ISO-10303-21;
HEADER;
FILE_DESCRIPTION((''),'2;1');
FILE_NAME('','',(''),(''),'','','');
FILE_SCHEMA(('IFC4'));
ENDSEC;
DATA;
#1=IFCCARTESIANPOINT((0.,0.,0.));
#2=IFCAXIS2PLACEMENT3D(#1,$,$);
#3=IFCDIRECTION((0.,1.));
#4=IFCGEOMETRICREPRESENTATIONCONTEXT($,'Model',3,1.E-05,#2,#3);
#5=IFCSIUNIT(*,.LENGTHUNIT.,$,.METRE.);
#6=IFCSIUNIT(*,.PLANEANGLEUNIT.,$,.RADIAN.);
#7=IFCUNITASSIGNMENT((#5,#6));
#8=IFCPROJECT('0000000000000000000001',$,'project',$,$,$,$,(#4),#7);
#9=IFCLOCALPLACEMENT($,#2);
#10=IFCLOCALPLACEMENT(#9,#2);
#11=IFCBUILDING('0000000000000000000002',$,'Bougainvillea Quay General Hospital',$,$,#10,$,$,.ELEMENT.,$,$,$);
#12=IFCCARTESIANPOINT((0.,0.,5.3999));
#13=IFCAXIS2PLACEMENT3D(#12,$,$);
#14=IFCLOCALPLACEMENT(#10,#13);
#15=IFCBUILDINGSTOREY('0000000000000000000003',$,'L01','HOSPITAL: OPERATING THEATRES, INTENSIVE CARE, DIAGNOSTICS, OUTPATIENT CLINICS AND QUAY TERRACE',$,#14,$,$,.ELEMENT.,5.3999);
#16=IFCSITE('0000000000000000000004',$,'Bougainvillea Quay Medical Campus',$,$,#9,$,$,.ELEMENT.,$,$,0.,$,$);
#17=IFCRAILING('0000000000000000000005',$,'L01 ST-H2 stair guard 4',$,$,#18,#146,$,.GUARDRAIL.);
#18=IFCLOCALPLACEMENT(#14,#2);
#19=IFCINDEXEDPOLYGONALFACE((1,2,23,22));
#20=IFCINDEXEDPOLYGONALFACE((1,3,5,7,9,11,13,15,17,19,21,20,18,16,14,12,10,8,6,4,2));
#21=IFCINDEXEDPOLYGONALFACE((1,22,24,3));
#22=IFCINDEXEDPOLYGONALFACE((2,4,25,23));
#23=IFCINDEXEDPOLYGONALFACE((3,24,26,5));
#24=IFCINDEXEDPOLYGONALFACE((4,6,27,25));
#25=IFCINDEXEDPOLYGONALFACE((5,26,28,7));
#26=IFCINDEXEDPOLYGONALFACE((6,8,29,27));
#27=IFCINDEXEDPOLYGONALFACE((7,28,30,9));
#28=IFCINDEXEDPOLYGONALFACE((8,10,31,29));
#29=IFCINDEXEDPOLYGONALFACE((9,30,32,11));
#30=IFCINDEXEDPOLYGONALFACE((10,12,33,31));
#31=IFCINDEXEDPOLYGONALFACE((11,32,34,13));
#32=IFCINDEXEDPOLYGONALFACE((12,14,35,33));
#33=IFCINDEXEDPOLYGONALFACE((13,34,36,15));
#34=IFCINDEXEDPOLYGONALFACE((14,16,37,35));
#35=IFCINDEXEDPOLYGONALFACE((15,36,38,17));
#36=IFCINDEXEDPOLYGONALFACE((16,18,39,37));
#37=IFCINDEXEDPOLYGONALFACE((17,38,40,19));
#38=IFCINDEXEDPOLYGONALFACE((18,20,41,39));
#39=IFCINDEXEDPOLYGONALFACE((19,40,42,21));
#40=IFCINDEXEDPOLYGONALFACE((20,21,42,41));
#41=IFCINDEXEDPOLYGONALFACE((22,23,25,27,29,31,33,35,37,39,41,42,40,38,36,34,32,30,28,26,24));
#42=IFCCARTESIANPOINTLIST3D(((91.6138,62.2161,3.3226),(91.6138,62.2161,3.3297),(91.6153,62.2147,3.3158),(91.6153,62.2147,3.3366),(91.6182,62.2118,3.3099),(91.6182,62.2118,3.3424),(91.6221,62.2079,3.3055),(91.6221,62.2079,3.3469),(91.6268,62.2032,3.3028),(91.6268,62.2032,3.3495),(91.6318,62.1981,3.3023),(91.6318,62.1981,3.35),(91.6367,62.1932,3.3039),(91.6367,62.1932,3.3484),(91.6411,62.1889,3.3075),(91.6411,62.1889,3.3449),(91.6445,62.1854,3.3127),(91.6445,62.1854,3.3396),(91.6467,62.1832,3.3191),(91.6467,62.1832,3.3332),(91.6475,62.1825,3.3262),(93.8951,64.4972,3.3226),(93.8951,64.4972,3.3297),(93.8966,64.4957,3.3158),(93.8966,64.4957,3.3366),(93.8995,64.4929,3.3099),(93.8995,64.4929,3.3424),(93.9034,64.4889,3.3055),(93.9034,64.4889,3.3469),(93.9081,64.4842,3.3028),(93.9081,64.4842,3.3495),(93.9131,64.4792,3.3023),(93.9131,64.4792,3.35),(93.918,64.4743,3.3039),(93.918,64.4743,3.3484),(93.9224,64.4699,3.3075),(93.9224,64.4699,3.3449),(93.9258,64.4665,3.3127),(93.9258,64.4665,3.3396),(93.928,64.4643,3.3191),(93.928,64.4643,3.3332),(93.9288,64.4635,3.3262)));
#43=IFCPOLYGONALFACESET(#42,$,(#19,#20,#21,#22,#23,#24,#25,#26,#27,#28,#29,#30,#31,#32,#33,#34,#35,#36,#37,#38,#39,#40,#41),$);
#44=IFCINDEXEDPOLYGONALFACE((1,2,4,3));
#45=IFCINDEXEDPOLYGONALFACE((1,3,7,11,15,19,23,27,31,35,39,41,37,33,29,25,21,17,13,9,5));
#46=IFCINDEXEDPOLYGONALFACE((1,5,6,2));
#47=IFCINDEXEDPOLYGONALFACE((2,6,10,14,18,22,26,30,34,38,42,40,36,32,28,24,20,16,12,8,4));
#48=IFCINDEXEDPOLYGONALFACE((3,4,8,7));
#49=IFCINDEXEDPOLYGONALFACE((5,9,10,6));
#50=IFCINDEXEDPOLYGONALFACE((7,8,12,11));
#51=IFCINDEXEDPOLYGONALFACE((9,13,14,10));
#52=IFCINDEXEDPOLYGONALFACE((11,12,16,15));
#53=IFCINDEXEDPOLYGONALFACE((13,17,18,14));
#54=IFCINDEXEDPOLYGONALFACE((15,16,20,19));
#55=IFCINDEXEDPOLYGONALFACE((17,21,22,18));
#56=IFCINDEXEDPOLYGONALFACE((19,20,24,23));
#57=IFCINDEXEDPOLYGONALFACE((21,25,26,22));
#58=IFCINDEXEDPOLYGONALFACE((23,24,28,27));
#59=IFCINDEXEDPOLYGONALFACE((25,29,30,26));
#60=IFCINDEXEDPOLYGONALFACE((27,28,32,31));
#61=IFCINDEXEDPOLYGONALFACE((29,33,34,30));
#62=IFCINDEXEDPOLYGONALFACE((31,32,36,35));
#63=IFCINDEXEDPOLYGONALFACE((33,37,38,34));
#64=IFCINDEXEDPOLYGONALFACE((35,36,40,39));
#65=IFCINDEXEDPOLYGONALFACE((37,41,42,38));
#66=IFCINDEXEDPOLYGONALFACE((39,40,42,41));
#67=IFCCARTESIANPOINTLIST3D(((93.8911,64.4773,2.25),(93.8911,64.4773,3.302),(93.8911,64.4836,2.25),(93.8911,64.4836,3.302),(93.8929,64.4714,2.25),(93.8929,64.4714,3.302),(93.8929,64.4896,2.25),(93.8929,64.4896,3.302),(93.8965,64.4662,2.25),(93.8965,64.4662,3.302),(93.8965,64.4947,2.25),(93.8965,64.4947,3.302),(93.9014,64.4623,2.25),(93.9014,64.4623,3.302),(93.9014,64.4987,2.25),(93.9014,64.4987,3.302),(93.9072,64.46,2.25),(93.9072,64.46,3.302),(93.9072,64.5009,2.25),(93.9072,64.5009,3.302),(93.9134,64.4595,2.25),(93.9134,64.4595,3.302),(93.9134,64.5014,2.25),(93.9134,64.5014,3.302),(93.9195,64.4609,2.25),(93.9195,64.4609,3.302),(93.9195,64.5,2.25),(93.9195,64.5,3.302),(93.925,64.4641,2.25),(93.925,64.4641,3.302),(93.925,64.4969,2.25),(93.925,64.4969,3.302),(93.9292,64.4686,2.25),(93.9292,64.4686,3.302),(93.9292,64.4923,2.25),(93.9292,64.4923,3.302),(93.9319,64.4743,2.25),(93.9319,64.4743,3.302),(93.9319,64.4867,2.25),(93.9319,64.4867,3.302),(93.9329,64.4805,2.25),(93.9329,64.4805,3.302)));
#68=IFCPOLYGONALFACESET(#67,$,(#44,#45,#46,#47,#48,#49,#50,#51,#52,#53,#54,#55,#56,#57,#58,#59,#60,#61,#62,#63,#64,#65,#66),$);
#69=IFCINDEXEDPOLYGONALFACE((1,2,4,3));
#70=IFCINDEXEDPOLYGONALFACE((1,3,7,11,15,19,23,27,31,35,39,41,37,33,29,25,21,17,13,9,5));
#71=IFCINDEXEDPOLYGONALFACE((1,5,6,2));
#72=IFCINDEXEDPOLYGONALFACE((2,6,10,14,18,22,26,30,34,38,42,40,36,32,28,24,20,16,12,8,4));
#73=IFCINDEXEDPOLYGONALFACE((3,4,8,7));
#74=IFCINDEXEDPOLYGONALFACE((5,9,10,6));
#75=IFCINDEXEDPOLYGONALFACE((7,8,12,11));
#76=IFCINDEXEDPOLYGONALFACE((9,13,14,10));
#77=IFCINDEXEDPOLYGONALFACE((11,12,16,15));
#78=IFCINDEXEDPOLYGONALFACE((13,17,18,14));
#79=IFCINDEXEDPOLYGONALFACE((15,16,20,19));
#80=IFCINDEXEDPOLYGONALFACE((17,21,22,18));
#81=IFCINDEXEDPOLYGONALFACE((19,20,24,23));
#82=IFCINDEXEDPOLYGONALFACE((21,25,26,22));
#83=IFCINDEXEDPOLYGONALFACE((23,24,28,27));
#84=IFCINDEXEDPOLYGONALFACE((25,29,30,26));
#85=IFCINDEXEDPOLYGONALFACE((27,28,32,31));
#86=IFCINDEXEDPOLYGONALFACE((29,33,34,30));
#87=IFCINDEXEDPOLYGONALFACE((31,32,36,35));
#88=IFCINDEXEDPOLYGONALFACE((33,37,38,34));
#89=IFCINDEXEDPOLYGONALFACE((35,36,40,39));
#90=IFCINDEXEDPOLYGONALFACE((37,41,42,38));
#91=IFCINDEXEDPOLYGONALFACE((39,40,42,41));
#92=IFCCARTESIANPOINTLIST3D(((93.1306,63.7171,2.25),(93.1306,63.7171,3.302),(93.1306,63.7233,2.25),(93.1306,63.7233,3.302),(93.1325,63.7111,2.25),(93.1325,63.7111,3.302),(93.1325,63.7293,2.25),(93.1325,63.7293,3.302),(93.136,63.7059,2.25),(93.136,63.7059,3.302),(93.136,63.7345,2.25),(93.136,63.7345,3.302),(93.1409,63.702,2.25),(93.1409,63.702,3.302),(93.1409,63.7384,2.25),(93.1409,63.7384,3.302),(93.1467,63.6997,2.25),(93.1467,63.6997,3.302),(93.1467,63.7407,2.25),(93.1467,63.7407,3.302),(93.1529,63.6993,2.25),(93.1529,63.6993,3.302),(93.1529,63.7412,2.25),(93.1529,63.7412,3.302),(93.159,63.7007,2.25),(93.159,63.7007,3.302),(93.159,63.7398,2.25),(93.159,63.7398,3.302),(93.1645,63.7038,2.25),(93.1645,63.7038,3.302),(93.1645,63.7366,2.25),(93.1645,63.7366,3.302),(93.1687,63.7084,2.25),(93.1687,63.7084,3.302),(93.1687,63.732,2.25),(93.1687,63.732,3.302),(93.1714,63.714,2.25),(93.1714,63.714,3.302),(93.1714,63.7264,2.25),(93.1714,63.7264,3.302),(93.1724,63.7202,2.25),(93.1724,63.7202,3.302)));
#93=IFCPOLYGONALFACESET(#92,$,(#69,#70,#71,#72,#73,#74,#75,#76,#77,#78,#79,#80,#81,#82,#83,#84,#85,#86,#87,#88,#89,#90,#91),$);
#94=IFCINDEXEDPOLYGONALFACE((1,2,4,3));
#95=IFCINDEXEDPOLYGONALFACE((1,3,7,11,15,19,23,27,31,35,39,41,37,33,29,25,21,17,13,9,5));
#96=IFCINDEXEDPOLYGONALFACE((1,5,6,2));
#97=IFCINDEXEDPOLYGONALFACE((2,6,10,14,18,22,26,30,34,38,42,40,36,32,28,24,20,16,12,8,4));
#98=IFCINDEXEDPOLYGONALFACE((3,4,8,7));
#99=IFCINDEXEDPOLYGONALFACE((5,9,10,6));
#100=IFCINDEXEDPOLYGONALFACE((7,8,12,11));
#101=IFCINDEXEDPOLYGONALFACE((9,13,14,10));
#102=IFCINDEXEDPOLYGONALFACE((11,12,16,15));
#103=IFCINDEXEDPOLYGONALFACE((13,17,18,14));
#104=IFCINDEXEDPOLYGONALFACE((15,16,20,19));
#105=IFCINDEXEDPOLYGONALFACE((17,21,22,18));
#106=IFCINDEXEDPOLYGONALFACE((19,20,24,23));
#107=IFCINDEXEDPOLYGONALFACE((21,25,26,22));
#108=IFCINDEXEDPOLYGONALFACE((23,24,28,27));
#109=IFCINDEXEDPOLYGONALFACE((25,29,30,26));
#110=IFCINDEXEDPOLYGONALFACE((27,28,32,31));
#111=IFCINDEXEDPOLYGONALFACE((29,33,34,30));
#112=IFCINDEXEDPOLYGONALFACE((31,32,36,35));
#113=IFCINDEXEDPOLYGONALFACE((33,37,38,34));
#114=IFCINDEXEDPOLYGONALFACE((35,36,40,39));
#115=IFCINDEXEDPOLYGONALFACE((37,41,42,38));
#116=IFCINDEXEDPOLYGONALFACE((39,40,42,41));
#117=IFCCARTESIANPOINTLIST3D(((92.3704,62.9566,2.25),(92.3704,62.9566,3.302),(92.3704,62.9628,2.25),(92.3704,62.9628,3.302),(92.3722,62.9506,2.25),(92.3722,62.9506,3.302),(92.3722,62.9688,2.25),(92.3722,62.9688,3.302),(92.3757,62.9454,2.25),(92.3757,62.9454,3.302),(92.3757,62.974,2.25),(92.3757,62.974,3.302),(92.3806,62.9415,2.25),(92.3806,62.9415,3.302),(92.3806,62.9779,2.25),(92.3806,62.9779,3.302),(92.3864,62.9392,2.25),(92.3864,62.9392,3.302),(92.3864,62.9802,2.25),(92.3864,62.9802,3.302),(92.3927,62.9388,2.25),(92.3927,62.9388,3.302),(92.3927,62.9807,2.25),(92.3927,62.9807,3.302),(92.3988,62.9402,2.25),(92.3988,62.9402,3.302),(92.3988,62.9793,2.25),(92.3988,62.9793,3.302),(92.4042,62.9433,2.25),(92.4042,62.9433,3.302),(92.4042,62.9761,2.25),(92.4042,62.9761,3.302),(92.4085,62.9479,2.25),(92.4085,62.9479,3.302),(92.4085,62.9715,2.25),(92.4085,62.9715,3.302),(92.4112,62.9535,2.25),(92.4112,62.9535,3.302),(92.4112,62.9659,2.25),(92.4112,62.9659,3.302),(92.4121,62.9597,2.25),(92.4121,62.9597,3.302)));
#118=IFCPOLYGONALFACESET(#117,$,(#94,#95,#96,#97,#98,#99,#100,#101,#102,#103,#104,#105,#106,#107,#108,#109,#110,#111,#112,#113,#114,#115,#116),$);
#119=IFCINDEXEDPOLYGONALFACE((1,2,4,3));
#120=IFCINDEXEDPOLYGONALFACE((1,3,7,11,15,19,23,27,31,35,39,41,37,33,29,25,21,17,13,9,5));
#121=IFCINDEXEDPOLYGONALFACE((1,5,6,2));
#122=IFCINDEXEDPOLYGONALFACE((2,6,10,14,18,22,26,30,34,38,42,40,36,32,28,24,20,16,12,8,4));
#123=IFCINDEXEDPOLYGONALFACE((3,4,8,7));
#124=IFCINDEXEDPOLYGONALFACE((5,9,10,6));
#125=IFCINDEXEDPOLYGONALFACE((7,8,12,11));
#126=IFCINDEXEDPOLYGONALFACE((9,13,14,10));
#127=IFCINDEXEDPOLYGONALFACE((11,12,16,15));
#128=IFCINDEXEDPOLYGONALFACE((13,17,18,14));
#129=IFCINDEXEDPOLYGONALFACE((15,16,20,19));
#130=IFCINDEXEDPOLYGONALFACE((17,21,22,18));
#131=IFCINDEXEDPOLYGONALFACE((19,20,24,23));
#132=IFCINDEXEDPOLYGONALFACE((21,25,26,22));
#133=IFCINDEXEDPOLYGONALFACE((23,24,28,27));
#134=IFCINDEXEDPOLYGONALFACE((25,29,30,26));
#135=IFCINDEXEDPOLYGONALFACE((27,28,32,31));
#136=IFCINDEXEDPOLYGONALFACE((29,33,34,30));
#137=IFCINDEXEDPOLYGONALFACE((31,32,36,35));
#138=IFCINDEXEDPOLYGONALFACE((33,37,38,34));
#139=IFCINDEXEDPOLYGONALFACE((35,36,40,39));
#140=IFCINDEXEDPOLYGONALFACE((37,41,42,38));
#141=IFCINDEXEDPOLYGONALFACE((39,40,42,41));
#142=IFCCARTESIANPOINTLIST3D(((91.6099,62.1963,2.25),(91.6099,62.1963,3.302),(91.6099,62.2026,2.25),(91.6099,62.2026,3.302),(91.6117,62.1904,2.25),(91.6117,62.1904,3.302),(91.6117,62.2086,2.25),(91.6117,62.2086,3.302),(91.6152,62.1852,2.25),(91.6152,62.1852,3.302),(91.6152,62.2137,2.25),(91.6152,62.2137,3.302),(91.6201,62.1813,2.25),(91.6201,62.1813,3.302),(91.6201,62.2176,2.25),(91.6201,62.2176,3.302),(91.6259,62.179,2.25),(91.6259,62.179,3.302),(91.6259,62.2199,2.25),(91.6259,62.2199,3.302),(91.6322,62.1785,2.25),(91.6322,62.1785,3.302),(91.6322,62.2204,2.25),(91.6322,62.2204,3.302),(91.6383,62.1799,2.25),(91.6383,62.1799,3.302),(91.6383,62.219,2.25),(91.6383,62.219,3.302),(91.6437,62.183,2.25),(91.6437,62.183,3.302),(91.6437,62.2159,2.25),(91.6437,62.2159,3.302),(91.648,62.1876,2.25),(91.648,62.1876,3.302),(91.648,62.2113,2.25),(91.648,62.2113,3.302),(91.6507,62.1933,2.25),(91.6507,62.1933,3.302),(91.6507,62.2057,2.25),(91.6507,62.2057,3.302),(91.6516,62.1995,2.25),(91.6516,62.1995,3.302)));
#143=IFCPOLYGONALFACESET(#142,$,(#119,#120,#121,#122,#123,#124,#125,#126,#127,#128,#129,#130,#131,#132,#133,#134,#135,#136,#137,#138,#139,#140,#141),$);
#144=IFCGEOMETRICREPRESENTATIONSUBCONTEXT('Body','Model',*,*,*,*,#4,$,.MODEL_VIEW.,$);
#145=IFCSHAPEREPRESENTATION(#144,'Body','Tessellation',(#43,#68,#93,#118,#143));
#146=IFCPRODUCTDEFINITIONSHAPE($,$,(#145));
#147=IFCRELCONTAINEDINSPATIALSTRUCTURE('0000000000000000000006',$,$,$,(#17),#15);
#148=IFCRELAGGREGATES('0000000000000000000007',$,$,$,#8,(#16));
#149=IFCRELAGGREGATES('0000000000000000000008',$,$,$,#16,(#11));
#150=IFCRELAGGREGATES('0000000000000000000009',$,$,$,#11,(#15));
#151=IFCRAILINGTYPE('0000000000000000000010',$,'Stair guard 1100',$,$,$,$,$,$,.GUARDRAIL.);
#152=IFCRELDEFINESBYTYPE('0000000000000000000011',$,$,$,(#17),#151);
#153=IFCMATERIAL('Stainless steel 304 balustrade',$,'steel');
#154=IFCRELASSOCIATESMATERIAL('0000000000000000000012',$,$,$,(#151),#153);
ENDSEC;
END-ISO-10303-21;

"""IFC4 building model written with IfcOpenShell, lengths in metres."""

from ifc_helpers import new_model, si_unit, direction, frame, origin, origin_2d, place, context, subcontext, project, spatial, circle, extrude, material, type_object, element, save


model = new_model("IFC4")

# Units and contexts
model_context = context("Model", 3, precision=1e-05, world=origin(), true_north=direction((0.0, 1.0)))
body_context = subcontext(model_context, "Body", "Model", "MODEL_VIEW")
ifc_project = project(units=[si_unit("LENGTHUNIT", "METRE"), si_unit("PLANEANGLEUNIT", "RADIAN")], contexts=[model_context])

# Site, building, storey
site_placement = place(None, origin())
site = spatial("IfcSite", under=ifc_project, at=site_placement, Name="Bougainvillea Quay Medical Campus", CompositionType="ELEMENT", RefElevation=0.0)
building_placement = place(site_placement, origin())
building = spatial("IfcBuilding", under=site, at=building_placement, Name="Bougainvillea Quay General Hospital", CompositionType="ELEMENT")
storey_placement = place(building_placement, frame((0.0, 0.0, 5.3999)))
storey = spatial("IfcBuildingStorey", under=building, at=storey_placement, Name="L01", Description="HOSPITAL: OPERATING THEATRES, INTENSIVE CARE, DIAGNOSTICS, OUTPATIENT CLINICS AND QUAY TERRACE", CompositionType="ELEMENT", Elevation=5.3999)

# Railing
ifc_material_1 = material(Name="Stainless steel 304 balustrade", Category="steel")
railing_type_1 = type_object("IfcRailingType", Name="Stair guard 1100", PredefinedType="GUARDRAIL", material=ifc_material_1)
railing_1_placement = place(storey_placement, frame((93.9119, 64.4805, 2.25)))
element("IfcRailing", 1, at=railing_1_placement, inside=storey, type_object=railing_type_1, Name="L01 ST-H2 stair guard 4", PredefinedType="GUARDRAIL", context=body_context, shape_type="SweptSolid", body=[
    extrude(circle(Radius=0.0239, at=origin_2d()), frame((0.0, 0.0, 1.0762), z_axis=(-0.707145, -0.707069, 0.0), x_axis=(0.707069, -0.707145, 0.0)), (0.0, 0.0, 1.0), 3.2261),
    extrude(circle(Radius=0.021, at=origin_2d()), origin(), (0.0, 0.0, 1.0), 1.052),
    extrude(circle(Radius=0.021, at=origin_2d()), frame((-0.7605, -0.7603, 0.0)), (0.0, 0.0, 1.0), 1.052),
    extrude(circle(Radius=0.021, at=origin_2d()), frame((-1.5208, -1.5208, 0.0)), (0.0, 0.0, 1.0), 1.052),
    extrude(circle(Radius=0.021, at=origin_2d()), frame((-2.2812, -2.281, 0.0)), (0.0, 0.0, 1.0), 1.052),
])

save(model, "model.ifc")
